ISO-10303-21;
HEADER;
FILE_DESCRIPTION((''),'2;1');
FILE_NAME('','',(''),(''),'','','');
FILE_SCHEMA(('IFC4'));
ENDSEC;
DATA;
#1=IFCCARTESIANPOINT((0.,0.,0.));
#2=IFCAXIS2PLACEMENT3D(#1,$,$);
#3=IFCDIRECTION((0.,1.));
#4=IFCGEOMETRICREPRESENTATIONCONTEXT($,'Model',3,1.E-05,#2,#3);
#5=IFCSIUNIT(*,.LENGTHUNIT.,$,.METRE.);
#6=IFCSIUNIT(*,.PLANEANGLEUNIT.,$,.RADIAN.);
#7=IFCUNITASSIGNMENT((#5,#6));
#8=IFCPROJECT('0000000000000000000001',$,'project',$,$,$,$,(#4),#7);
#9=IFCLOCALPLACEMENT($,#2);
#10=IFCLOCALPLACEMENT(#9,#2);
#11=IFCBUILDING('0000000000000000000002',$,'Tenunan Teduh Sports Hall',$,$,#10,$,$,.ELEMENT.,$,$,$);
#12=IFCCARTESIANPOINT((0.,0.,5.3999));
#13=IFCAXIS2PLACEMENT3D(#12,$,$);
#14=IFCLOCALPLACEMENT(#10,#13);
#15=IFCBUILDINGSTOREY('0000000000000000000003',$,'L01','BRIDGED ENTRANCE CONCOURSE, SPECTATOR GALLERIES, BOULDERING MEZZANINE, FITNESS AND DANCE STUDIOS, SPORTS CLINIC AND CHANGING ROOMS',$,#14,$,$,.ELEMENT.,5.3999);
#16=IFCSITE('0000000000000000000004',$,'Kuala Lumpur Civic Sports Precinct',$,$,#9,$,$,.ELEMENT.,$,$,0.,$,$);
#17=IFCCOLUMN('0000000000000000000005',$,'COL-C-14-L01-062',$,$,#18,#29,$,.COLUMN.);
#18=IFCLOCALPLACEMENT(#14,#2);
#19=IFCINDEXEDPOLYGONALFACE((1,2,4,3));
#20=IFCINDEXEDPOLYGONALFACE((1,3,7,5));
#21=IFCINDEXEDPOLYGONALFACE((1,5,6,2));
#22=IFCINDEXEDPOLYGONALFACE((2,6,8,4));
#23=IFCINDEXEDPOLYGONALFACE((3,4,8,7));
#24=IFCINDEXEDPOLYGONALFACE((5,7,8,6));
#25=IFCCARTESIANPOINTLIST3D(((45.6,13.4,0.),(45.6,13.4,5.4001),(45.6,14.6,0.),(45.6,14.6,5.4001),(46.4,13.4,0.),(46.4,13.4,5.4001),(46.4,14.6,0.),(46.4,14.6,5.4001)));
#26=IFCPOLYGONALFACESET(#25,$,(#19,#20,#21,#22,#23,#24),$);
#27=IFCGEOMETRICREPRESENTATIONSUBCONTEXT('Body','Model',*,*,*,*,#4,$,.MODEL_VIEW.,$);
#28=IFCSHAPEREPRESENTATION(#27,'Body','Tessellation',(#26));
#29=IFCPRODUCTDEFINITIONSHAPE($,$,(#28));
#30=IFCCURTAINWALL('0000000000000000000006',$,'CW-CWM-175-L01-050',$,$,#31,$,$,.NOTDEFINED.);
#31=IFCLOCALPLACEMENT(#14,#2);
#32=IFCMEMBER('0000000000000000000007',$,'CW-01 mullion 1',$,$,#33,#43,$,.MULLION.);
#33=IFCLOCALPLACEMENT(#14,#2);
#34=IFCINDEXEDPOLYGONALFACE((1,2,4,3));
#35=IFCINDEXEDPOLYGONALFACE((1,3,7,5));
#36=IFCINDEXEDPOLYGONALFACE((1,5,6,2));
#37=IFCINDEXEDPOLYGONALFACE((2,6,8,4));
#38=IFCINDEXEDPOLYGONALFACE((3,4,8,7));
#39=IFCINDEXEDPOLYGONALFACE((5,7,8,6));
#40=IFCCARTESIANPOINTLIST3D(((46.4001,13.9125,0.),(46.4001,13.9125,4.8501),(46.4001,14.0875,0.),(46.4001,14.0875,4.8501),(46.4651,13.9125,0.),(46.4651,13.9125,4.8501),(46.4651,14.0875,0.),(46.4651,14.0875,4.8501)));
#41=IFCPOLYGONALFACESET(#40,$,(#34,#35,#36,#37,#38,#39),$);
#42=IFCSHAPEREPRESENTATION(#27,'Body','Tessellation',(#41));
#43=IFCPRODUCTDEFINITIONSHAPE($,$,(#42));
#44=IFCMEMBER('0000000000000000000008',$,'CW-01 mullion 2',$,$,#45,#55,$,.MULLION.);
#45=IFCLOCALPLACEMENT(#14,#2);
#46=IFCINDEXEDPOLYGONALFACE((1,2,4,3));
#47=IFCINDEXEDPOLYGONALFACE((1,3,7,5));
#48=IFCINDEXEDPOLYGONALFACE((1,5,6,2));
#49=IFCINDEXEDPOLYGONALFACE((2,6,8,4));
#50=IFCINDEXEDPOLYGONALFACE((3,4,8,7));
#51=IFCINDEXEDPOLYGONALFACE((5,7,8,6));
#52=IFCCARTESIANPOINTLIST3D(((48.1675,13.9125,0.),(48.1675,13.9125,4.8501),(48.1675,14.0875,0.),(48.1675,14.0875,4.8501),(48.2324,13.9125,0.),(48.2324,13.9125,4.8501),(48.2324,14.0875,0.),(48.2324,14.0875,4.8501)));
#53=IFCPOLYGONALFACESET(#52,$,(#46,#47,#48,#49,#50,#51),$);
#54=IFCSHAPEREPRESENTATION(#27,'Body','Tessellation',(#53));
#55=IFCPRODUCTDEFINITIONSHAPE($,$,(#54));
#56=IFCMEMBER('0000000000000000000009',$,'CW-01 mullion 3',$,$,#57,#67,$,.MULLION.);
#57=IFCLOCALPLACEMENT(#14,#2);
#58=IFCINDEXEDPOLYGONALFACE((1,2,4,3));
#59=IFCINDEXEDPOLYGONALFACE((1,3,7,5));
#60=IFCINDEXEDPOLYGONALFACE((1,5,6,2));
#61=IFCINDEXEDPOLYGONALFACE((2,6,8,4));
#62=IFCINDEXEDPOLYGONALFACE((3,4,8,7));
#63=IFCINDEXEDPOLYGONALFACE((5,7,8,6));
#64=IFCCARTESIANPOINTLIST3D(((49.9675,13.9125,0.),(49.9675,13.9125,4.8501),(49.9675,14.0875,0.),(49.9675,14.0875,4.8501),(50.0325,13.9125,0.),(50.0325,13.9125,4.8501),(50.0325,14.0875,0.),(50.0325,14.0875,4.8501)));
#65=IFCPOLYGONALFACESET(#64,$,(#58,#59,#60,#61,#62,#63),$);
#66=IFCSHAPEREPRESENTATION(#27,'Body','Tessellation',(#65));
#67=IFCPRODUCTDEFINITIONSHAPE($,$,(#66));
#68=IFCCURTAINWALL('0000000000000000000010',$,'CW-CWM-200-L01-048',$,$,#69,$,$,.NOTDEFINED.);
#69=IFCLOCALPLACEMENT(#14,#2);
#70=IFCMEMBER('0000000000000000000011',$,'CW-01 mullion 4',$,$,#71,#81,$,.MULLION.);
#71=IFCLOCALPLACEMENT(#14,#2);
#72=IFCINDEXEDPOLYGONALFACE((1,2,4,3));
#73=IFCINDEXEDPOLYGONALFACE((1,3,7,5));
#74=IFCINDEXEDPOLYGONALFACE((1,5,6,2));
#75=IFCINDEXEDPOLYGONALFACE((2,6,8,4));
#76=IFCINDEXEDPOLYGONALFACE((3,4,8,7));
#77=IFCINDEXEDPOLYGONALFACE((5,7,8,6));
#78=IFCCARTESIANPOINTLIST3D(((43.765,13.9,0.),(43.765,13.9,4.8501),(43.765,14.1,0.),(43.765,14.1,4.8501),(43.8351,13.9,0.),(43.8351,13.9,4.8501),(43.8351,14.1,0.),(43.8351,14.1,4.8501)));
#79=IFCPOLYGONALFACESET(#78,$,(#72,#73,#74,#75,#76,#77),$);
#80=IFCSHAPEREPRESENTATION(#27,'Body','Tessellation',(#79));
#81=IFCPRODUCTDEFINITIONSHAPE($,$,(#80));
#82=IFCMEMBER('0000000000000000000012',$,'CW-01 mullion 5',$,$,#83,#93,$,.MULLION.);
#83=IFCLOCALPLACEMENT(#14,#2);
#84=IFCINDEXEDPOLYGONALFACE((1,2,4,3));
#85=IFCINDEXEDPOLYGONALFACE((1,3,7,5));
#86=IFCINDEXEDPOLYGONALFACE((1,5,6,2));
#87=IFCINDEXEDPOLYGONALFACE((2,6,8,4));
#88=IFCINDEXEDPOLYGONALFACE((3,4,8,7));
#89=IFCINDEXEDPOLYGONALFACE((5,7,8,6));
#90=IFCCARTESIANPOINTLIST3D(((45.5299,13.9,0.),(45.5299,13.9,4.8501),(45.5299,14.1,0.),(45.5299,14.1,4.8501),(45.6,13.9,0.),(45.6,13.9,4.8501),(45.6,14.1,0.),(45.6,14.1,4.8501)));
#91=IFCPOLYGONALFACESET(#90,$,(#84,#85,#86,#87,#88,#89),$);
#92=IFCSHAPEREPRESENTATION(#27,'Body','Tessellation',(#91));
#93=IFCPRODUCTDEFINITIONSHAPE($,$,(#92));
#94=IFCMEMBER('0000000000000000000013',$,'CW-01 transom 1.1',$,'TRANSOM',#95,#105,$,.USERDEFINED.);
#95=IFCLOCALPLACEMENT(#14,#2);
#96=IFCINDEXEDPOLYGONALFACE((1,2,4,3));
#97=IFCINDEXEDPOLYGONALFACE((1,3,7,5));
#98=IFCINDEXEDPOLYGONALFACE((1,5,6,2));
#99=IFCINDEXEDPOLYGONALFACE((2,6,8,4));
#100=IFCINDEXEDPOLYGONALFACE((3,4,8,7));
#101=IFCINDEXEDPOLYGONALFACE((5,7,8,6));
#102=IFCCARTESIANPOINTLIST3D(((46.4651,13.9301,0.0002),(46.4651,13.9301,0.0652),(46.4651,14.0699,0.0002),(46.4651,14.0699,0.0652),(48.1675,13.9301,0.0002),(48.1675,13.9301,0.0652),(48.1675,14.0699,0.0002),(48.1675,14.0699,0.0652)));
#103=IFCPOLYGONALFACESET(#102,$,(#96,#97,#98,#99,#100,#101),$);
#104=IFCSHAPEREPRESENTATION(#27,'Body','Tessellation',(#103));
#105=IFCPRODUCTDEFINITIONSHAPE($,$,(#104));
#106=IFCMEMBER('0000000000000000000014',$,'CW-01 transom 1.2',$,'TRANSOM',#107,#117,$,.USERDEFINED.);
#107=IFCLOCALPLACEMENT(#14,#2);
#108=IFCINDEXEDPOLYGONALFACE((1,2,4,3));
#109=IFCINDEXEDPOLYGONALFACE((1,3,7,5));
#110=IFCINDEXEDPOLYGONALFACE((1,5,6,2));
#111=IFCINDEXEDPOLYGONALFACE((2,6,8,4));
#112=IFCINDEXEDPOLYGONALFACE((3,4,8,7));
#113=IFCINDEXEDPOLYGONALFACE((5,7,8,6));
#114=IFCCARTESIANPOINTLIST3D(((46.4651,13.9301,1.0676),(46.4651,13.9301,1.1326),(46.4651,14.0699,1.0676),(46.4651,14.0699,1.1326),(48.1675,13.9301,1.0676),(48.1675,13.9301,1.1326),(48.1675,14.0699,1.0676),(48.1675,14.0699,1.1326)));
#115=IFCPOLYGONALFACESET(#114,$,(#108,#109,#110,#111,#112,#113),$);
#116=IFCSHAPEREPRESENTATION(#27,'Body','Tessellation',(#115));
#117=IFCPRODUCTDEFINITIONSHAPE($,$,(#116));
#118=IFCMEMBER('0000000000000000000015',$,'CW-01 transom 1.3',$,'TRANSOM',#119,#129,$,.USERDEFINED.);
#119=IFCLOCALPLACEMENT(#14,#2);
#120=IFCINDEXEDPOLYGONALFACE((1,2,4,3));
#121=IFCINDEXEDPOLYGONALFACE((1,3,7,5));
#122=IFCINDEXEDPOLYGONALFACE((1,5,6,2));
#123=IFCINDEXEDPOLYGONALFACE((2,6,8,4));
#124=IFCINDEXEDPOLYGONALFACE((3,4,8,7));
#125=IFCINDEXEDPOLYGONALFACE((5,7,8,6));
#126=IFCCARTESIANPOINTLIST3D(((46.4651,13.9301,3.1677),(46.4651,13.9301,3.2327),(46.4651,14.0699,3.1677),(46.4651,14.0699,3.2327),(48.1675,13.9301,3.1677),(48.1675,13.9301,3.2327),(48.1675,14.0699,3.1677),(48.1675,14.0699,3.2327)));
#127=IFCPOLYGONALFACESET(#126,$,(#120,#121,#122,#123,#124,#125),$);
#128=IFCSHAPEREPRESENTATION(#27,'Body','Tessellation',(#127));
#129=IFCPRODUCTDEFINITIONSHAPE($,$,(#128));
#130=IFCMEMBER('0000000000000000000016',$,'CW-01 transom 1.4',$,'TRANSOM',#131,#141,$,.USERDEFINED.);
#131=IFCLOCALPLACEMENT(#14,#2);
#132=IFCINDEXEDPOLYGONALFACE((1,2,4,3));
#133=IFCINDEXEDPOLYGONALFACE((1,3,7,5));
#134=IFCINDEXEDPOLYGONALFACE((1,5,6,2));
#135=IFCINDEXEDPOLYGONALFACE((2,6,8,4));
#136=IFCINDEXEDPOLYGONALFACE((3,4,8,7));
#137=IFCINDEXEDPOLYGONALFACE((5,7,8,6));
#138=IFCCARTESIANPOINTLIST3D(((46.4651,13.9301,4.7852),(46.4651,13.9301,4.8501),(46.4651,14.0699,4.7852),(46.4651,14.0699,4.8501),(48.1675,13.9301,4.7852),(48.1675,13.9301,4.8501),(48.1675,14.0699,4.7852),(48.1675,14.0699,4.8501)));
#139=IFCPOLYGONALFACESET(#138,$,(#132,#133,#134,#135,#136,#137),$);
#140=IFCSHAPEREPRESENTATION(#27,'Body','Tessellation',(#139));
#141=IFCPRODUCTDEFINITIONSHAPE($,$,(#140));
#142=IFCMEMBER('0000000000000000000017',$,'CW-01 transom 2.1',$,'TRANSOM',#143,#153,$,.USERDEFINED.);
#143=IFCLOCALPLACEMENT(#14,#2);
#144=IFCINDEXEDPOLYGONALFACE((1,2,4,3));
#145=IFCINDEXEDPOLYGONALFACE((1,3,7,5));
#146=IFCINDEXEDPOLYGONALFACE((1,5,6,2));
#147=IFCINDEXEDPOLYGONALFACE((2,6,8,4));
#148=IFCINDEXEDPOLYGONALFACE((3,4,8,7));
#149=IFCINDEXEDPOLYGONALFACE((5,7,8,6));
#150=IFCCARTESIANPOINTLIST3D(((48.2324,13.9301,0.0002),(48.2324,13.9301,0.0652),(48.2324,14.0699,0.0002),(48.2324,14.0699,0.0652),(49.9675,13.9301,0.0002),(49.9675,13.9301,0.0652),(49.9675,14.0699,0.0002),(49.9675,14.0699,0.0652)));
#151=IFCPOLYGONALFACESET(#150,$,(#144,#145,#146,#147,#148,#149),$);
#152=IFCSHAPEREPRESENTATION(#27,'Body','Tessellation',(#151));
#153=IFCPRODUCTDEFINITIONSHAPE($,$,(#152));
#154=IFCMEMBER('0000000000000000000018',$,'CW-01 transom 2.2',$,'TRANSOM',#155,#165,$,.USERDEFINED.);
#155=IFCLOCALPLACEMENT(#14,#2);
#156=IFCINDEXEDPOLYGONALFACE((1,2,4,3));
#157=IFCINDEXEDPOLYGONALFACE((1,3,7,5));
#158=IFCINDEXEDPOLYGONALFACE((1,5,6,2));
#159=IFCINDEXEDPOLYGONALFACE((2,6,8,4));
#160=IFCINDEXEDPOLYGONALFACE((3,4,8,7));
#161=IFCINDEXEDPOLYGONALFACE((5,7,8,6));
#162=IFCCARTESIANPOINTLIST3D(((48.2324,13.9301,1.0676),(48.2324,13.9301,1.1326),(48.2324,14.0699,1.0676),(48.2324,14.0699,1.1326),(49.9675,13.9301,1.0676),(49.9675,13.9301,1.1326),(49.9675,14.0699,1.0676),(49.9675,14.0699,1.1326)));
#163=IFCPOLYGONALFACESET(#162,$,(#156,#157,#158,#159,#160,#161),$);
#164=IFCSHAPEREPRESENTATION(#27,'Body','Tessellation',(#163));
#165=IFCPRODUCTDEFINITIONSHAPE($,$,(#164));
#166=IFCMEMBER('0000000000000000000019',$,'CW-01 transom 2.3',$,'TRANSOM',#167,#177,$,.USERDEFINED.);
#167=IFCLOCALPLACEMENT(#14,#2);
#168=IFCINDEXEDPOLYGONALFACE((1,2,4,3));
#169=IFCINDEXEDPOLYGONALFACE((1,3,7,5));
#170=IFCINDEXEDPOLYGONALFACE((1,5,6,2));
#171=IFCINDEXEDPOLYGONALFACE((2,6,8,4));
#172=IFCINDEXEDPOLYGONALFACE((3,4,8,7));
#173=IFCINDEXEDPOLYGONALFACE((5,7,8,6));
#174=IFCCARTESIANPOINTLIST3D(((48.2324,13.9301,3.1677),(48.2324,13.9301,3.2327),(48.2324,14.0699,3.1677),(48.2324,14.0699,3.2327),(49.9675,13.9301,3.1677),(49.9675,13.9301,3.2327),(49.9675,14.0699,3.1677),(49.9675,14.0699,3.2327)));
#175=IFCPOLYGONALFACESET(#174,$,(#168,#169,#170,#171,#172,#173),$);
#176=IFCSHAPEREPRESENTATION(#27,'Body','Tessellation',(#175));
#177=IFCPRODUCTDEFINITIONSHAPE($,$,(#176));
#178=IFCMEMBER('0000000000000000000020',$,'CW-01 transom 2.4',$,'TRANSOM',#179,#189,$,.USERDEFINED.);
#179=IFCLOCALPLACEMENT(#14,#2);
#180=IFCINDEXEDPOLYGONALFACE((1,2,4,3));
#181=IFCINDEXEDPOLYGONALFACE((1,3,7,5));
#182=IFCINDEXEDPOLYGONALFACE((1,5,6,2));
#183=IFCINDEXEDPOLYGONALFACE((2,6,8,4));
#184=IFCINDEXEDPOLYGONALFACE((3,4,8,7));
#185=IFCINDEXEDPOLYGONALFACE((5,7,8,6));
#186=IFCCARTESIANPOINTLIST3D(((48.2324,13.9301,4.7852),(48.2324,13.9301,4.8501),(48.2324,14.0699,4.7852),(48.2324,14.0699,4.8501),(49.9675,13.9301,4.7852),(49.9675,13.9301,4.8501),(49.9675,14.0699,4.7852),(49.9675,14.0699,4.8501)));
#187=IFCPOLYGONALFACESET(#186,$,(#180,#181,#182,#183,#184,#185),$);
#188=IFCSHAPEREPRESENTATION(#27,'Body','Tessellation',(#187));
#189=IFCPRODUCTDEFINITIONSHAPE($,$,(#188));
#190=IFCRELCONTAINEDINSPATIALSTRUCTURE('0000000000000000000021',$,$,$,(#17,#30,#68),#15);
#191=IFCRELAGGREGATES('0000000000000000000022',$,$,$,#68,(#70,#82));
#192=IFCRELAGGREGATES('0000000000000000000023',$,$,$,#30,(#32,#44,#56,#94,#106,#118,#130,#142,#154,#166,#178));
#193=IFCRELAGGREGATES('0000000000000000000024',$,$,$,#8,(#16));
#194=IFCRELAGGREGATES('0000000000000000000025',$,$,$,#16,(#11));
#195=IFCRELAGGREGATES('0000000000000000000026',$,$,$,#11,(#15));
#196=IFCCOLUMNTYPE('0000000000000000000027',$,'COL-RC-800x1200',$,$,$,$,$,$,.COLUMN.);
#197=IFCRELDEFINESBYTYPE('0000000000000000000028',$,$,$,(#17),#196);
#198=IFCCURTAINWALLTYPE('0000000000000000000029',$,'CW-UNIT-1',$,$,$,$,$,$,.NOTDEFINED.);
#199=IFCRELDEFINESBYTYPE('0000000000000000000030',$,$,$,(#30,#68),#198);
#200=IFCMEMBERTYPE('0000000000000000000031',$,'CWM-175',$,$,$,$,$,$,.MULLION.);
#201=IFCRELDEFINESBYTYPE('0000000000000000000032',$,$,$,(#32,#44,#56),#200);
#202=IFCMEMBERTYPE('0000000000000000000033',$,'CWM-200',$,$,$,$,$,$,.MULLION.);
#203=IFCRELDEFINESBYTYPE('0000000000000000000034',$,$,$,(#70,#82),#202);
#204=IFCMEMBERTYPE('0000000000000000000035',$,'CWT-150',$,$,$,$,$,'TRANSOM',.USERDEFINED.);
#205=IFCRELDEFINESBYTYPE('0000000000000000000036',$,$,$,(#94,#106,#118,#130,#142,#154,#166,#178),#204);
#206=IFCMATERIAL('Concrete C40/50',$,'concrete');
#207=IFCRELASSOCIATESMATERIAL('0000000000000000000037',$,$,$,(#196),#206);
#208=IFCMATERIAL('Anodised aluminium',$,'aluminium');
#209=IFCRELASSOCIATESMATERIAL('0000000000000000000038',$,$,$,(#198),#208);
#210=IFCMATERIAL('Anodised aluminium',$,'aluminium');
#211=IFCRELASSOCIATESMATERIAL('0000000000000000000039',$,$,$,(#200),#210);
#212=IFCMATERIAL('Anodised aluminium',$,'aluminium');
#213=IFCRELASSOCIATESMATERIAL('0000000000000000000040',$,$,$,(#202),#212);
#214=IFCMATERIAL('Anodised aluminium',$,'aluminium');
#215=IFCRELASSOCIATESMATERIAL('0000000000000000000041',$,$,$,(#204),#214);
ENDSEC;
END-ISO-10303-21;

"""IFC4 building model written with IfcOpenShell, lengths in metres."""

from ifc_helpers import new_model, si_unit, direction, frame, origin, origin_2d, place, context, subcontext, project, spatial, rectangle, extrude, material, material_profile, profile_set, type_object, element, aggregate, save


model = new_model("IFC4")

# Units and contexts
model_context = context("Model", 3, precision=1e-05, world=origin(), true_north=direction((0.0, 1.0)))
body_context = subcontext(model_context, "Body", "Model", "MODEL_VIEW")
ifc_project = project(units=[si_unit("LENGTHUNIT", "METRE"), si_unit("PLANEANGLEUNIT", "RADIAN")], contexts=[model_context])

# Site, building, storey
site_placement = place(None, origin())
site = spatial("IfcSite", under=ifc_project, at=site_placement, Name="Kuala Lumpur Civic Sports Precinct", CompositionType="ELEMENT", RefElevation=0.0)
building_placement = place(site_placement, origin())
building = spatial("IfcBuilding", under=site, at=building_placement, Name="Tenunan Teduh Sports Hall", CompositionType="ELEMENT")
storey_placement = place(building_placement, frame((0.0, 0.0, 5.3999)))
storey = spatial("IfcBuildingStorey", under=building, at=storey_placement, Name="L01", Description="BRIDGED ENTRANCE CONCOURSE, SPECTATOR GALLERIES, BOULDERING MEZZANINE, FITNESS AND DANCE STUDIOS, SPORTS CLINIC AND CHANGING ROOMS", CompositionType="ELEMENT", Elevation=5.3999)

# Column
ifc_material_1 = material(Name="Concrete C40/50", Category="concrete")
ifc_material_profile_1 = material_profile(ifc_material_1, rectangle(XDim=0.8, YDim=1.2, at=origin_2d()), Name="RC 800x1200")
ifc_profile_set_1 = profile_set([ifc_material_profile_1], Name="Concrete C40/50")
column_type = type_object("IfcColumnType", Name="COL-RC-800x1200", PredefinedType="COLUMN", material=ifc_profile_set_1)
column_placement = place(storey_placement, frame((46.0, 14.0, 0.0), z_axis=(0.0, 0.0, 1.0), x_axis=(1.0, 0.0, 0.0)))
element("IfcColumn", 1, at=column_placement, inside=storey, type_object=column_type, Name="COL-C-14-L01-062", PredefinedType="COLUMN", context=body_context, shape_type="SweptSolid", body=[
    extrude(rectangle(XDim=0.8, YDim=1.2, at=origin_2d()), origin(), (0.0, 0.0, 1.0), 5.4001),
])

# Curtain walls, members
ifc_material_2 = material(Name="Anodised aluminium", Category="aluminium")
curtain_wall_type = type_object("IfcCurtainWallType", Name="CW-UNIT-1", PredefinedType="NOTDEFINED", material=ifc_material_2)
curtain_wall_1_placement = place(storey_placement, origin())
curtain_wall_1 = element("IfcCurtainWall", 2, at=curtain_wall_1_placement, inside=storey, type_object=curtain_wall_type, Name="CW-CWM-175-L01-050", PredefinedType="NOTDEFINED")
ifc_material_3 = material(Name="Anodised aluminium", Category="aluminium")
ifc_material_profile_2 = material_profile(ifc_material_3, rectangle(XDim=0.0649, YDim=0.175, at=origin_2d()), Name="CWM 65x175")
ifc_profile_set_2 = profile_set([ifc_material_profile_2], Name="Anodised aluminium")
member_type_1 = type_object("IfcMemberType", Name="CWM-175", PredefinedType="MULLION", material=ifc_profile_set_2)
member_1_placement = place(storey_placement, frame((46.4326, 14.0, 0.0), z_axis=(0.0, 0.0, 1.0), x_axis=(1.0, 0.0, 0.0)))
member_1 = element("IfcMember", 3, at=member_1_placement, type_object=member_type_1, Name="CW-01 mullion 1", PredefinedType="MULLION", context=body_context, shape_type="SweptSolid", body=[
    extrude(rectangle(XDim=0.0649, YDim=0.175, at=origin_2d()), origin(), (0.0, 0.0, 1.0), 4.8501),
])
member_2_placement = place(storey_placement, frame((48.2, 14.0, 0.0), z_axis=(0.0, 0.0, 1.0), x_axis=(1.0, 0.0, 0.0)))
member_2 = element("IfcMember", 4, at=member_2_placement, type_object=member_type_1, Name="CW-01 mullion 2", PredefinedType="MULLION", context=body_context, shape_type="SweptSolid", body=[
    extrude(rectangle(XDim=0.0649, YDim=0.175, at=origin_2d()), origin(), (0.0, 0.0, 1.0), 4.8501),
])
member_3_placement = place(storey_placement, frame((50.0, 14.0, 0.0), z_axis=(0.0, 0.0, 1.0), x_axis=(1.0, 0.0, 0.0)))
member_3 = element("IfcMember", 5, at=member_3_placement, type_object=member_type_1, Name="CW-01 mullion 3", PredefinedType="MULLION", context=body_context, shape_type="SweptSolid", body=[
    extrude(rectangle(XDim=0.0649, YDim=0.175, at=origin_2d()), origin(), (0.0, 0.0, 1.0), 4.8501),
])
curtain_wall_2_placement = place(storey_placement, origin())
curtain_wall_2 = element("IfcCurtainWall", 6, at=curtain_wall_2_placement, inside=storey, type_object=curtain_wall_type, Name="CW-CWM-200-L01-048", PredefinedType="NOTDEFINED")
ifc_material_4 = material(Name="Anodised aluminium", Category="aluminium")
ifc_material_profile_3 = material_profile(ifc_material_4, rectangle(XDim=0.0701, YDim=0.2, at=origin_2d()), Name="CWM 70x200")
ifc_profile_set_3 = profile_set([ifc_material_profile_3], Name="Anodised aluminium")
member_type_2 = type_object("IfcMemberType", Name="CWM-200", PredefinedType="MULLION", material=ifc_profile_set_3)
member_4_placement = place(storey_placement, frame((43.8, 14.0, 0.0), z_axis=(0.0, 0.0, 1.0), x_axis=(1.0, 0.0, 0.0)))
member_4 = element("IfcMember", 7, at=member_4_placement, type_object=member_type_2, Name="CW-01 mullion 4", PredefinedType="MULLION", context=body_context, shape_type="SweptSolid", body=[
    extrude(rectangle(XDim=0.0701, YDim=0.2, at=origin_2d()), origin(), (0.0, 0.0, 1.0), 4.8501),
])
member_5_placement = place(storey_placement, frame((45.5649, 14.0, 0.0), z_axis=(0.0, 0.0, 1.0), x_axis=(1.0, 0.0, 0.0)))
member_5 = element("IfcMember", 8, at=member_5_placement, type_object=member_type_2, Name="CW-01 mullion 5", PredefinedType="MULLION", context=body_context, shape_type="SweptSolid", body=[
    extrude(rectangle(XDim=0.0701, YDim=0.2, at=origin_2d()), origin(), (0.0, 0.0, 1.0), 4.8501),
])

# Members
ifc_material_5 = material(Name="Anodised aluminium", Category="aluminium")
ifc_material_profile_4 = material_profile(ifc_material_5, rectangle(XDim=0.0649, YDim=0.1399, at=origin_2d()), Name="CWT 65x140")
ifc_profile_set_4 = profile_set([ifc_material_profile_4], Name="Anodised aluminium")
member_type_3 = type_object("IfcMemberType", Name="CWT-150", ElementType="TRANSOM", PredefinedType="USERDEFINED", material=ifc_profile_set_4)
member_6_placement = place(storey_placement, frame((46.4651, 14.0, 0.0327), z_axis=(1.0, 0.0, 0.0), x_axis=(0.0, 0.0, 1.0)))
member_6 = element("IfcMember", 9, at=member_6_placement, type_object=member_type_3, Name="CW-01 transom 1.1", ObjectType="TRANSOM", PredefinedType="USERDEFINED", context=body_context, shape_type="SweptSolid", body=[
    extrude(rectangle(XDim=0.0649, YDim=0.1399, at=origin_2d()), origin(), (0.0, 0.0, 1.0), 1.7024),
])
member_7_placement = place(storey_placement, frame((46.4651, 14.0, 1.1001), z_axis=(1.0, 0.0, 0.0), x_axis=(0.0, 0.0, 1.0)))
member_7 = element("IfcMember", 10, at=member_7_placement, type_object=member_type_3, Name="CW-01 transom 1.2", ObjectType="TRANSOM", PredefinedType="USERDEFINED", context=body_context, shape_type="SweptSolid", body=[
    extrude(rectangle(XDim=0.0649, YDim=0.1399, at=origin_2d()), origin(), (0.0, 0.0, 1.0), 1.7024),
])
member_8_placement = place(storey_placement, frame((46.4651, 14.0, 3.2002), z_axis=(1.0, 0.0, 0.0), x_axis=(0.0, 0.0, 1.0)))
member_8 = element("IfcMember", 11, at=member_8_placement, type_object=member_type_3, Name="CW-01 transom 1.3", ObjectType="TRANSOM", PredefinedType="USERDEFINED", context=body_context, shape_type="SweptSolid", body=[
    extrude(rectangle(XDim=0.0649, YDim=0.1399, at=origin_2d()), origin(), (0.0, 0.0, 1.0), 1.7024),
])
member_9_placement = place(storey_placement, frame((46.4651, 14.0, 4.8176), z_axis=(1.0, 0.0, 0.0), x_axis=(0.0, 0.0, 1.0)))
member_9 = element("IfcMember", 12, at=member_9_placement, type_object=member_type_3, Name="CW-01 transom 1.4", ObjectType="TRANSOM", PredefinedType="USERDEFINED", context=body_context, shape_type="SweptSolid", body=[
    extrude(rectangle(XDim=0.0649, YDim=0.1399, at=origin_2d()), origin(), (0.0, 0.0, 1.0), 1.7024),
])
member_10_placement = place(storey_placement, frame((48.2324, 14.0, 0.0327), z_axis=(1.0, 0.0, 0.0), x_axis=(0.0, 0.0, 1.0)))
member_10 = element("IfcMember", 13, at=member_10_placement, type_object=member_type_3, Name="CW-01 transom 2.1", ObjectType="TRANSOM", PredefinedType="USERDEFINED", context=body_context, shape_type="SweptSolid", body=[
    extrude(rectangle(XDim=0.0649, YDim=0.1399, at=origin_2d()), origin(), (0.0, 0.0, 1.0), 1.7351),
])
member_11_placement = place(storey_placement, frame((48.2324, 14.0, 1.1001), z_axis=(1.0, 0.0, 0.0), x_axis=(0.0, 0.0, 1.0)))
member_11 = element("IfcMember", 14, at=member_11_placement, type_object=member_type_3, Name="CW-01 transom 2.2", ObjectType="TRANSOM", PredefinedType="USERDEFINED", context=body_context, shape_type="SweptSolid", body=[
    extrude(rectangle(XDim=0.0649, YDim=0.1399, at=origin_2d()), origin(), (0.0, 0.0, 1.0), 1.7351),
])
member_12_placement = place(storey_placement, frame((48.2324, 14.0, 3.2002), z_axis=(1.0, 0.0, 0.0), x_axis=(0.0, 0.0, 1.0)))
member_12 = element("IfcMember", 15, at=member_12_placement, type_object=member_type_3, Name="CW-01 transom 2.3", ObjectType="TRANSOM", PredefinedType="USERDEFINED", context=body_context, shape_type="SweptSolid", body=[
    extrude(rectangle(XDim=0.0649, YDim=0.1399, at=origin_2d()), origin(), (0.0, 0.0, 1.0), 1.7351),
])
member_13_placement = place(storey_placement, frame((48.2324, 14.0, 4.8176), z_axis=(1.0, 0.0, 0.0), x_axis=(0.0, 0.0, 1.0)))
member_13 = element("IfcMember", 16, at=member_13_placement, type_object=member_type_3, Name="CW-01 transom 2.4", ObjectType="TRANSOM", PredefinedType="USERDEFINED", context=body_context, shape_type="SweptSolid", body=[
    extrude(rectangle(XDim=0.0649, YDim=0.1399, at=origin_2d()), origin(), (0.0, 0.0, 1.0), 1.7351),
])

aggregate(curtain_wall_2, [member_4, member_5])
aggregate(curtain_wall_1, [member_1, member_2, member_3, member_6, member_7, member_8, member_9, member_10, member_11, member_12, member_13])

save(model, "model.ifc")
